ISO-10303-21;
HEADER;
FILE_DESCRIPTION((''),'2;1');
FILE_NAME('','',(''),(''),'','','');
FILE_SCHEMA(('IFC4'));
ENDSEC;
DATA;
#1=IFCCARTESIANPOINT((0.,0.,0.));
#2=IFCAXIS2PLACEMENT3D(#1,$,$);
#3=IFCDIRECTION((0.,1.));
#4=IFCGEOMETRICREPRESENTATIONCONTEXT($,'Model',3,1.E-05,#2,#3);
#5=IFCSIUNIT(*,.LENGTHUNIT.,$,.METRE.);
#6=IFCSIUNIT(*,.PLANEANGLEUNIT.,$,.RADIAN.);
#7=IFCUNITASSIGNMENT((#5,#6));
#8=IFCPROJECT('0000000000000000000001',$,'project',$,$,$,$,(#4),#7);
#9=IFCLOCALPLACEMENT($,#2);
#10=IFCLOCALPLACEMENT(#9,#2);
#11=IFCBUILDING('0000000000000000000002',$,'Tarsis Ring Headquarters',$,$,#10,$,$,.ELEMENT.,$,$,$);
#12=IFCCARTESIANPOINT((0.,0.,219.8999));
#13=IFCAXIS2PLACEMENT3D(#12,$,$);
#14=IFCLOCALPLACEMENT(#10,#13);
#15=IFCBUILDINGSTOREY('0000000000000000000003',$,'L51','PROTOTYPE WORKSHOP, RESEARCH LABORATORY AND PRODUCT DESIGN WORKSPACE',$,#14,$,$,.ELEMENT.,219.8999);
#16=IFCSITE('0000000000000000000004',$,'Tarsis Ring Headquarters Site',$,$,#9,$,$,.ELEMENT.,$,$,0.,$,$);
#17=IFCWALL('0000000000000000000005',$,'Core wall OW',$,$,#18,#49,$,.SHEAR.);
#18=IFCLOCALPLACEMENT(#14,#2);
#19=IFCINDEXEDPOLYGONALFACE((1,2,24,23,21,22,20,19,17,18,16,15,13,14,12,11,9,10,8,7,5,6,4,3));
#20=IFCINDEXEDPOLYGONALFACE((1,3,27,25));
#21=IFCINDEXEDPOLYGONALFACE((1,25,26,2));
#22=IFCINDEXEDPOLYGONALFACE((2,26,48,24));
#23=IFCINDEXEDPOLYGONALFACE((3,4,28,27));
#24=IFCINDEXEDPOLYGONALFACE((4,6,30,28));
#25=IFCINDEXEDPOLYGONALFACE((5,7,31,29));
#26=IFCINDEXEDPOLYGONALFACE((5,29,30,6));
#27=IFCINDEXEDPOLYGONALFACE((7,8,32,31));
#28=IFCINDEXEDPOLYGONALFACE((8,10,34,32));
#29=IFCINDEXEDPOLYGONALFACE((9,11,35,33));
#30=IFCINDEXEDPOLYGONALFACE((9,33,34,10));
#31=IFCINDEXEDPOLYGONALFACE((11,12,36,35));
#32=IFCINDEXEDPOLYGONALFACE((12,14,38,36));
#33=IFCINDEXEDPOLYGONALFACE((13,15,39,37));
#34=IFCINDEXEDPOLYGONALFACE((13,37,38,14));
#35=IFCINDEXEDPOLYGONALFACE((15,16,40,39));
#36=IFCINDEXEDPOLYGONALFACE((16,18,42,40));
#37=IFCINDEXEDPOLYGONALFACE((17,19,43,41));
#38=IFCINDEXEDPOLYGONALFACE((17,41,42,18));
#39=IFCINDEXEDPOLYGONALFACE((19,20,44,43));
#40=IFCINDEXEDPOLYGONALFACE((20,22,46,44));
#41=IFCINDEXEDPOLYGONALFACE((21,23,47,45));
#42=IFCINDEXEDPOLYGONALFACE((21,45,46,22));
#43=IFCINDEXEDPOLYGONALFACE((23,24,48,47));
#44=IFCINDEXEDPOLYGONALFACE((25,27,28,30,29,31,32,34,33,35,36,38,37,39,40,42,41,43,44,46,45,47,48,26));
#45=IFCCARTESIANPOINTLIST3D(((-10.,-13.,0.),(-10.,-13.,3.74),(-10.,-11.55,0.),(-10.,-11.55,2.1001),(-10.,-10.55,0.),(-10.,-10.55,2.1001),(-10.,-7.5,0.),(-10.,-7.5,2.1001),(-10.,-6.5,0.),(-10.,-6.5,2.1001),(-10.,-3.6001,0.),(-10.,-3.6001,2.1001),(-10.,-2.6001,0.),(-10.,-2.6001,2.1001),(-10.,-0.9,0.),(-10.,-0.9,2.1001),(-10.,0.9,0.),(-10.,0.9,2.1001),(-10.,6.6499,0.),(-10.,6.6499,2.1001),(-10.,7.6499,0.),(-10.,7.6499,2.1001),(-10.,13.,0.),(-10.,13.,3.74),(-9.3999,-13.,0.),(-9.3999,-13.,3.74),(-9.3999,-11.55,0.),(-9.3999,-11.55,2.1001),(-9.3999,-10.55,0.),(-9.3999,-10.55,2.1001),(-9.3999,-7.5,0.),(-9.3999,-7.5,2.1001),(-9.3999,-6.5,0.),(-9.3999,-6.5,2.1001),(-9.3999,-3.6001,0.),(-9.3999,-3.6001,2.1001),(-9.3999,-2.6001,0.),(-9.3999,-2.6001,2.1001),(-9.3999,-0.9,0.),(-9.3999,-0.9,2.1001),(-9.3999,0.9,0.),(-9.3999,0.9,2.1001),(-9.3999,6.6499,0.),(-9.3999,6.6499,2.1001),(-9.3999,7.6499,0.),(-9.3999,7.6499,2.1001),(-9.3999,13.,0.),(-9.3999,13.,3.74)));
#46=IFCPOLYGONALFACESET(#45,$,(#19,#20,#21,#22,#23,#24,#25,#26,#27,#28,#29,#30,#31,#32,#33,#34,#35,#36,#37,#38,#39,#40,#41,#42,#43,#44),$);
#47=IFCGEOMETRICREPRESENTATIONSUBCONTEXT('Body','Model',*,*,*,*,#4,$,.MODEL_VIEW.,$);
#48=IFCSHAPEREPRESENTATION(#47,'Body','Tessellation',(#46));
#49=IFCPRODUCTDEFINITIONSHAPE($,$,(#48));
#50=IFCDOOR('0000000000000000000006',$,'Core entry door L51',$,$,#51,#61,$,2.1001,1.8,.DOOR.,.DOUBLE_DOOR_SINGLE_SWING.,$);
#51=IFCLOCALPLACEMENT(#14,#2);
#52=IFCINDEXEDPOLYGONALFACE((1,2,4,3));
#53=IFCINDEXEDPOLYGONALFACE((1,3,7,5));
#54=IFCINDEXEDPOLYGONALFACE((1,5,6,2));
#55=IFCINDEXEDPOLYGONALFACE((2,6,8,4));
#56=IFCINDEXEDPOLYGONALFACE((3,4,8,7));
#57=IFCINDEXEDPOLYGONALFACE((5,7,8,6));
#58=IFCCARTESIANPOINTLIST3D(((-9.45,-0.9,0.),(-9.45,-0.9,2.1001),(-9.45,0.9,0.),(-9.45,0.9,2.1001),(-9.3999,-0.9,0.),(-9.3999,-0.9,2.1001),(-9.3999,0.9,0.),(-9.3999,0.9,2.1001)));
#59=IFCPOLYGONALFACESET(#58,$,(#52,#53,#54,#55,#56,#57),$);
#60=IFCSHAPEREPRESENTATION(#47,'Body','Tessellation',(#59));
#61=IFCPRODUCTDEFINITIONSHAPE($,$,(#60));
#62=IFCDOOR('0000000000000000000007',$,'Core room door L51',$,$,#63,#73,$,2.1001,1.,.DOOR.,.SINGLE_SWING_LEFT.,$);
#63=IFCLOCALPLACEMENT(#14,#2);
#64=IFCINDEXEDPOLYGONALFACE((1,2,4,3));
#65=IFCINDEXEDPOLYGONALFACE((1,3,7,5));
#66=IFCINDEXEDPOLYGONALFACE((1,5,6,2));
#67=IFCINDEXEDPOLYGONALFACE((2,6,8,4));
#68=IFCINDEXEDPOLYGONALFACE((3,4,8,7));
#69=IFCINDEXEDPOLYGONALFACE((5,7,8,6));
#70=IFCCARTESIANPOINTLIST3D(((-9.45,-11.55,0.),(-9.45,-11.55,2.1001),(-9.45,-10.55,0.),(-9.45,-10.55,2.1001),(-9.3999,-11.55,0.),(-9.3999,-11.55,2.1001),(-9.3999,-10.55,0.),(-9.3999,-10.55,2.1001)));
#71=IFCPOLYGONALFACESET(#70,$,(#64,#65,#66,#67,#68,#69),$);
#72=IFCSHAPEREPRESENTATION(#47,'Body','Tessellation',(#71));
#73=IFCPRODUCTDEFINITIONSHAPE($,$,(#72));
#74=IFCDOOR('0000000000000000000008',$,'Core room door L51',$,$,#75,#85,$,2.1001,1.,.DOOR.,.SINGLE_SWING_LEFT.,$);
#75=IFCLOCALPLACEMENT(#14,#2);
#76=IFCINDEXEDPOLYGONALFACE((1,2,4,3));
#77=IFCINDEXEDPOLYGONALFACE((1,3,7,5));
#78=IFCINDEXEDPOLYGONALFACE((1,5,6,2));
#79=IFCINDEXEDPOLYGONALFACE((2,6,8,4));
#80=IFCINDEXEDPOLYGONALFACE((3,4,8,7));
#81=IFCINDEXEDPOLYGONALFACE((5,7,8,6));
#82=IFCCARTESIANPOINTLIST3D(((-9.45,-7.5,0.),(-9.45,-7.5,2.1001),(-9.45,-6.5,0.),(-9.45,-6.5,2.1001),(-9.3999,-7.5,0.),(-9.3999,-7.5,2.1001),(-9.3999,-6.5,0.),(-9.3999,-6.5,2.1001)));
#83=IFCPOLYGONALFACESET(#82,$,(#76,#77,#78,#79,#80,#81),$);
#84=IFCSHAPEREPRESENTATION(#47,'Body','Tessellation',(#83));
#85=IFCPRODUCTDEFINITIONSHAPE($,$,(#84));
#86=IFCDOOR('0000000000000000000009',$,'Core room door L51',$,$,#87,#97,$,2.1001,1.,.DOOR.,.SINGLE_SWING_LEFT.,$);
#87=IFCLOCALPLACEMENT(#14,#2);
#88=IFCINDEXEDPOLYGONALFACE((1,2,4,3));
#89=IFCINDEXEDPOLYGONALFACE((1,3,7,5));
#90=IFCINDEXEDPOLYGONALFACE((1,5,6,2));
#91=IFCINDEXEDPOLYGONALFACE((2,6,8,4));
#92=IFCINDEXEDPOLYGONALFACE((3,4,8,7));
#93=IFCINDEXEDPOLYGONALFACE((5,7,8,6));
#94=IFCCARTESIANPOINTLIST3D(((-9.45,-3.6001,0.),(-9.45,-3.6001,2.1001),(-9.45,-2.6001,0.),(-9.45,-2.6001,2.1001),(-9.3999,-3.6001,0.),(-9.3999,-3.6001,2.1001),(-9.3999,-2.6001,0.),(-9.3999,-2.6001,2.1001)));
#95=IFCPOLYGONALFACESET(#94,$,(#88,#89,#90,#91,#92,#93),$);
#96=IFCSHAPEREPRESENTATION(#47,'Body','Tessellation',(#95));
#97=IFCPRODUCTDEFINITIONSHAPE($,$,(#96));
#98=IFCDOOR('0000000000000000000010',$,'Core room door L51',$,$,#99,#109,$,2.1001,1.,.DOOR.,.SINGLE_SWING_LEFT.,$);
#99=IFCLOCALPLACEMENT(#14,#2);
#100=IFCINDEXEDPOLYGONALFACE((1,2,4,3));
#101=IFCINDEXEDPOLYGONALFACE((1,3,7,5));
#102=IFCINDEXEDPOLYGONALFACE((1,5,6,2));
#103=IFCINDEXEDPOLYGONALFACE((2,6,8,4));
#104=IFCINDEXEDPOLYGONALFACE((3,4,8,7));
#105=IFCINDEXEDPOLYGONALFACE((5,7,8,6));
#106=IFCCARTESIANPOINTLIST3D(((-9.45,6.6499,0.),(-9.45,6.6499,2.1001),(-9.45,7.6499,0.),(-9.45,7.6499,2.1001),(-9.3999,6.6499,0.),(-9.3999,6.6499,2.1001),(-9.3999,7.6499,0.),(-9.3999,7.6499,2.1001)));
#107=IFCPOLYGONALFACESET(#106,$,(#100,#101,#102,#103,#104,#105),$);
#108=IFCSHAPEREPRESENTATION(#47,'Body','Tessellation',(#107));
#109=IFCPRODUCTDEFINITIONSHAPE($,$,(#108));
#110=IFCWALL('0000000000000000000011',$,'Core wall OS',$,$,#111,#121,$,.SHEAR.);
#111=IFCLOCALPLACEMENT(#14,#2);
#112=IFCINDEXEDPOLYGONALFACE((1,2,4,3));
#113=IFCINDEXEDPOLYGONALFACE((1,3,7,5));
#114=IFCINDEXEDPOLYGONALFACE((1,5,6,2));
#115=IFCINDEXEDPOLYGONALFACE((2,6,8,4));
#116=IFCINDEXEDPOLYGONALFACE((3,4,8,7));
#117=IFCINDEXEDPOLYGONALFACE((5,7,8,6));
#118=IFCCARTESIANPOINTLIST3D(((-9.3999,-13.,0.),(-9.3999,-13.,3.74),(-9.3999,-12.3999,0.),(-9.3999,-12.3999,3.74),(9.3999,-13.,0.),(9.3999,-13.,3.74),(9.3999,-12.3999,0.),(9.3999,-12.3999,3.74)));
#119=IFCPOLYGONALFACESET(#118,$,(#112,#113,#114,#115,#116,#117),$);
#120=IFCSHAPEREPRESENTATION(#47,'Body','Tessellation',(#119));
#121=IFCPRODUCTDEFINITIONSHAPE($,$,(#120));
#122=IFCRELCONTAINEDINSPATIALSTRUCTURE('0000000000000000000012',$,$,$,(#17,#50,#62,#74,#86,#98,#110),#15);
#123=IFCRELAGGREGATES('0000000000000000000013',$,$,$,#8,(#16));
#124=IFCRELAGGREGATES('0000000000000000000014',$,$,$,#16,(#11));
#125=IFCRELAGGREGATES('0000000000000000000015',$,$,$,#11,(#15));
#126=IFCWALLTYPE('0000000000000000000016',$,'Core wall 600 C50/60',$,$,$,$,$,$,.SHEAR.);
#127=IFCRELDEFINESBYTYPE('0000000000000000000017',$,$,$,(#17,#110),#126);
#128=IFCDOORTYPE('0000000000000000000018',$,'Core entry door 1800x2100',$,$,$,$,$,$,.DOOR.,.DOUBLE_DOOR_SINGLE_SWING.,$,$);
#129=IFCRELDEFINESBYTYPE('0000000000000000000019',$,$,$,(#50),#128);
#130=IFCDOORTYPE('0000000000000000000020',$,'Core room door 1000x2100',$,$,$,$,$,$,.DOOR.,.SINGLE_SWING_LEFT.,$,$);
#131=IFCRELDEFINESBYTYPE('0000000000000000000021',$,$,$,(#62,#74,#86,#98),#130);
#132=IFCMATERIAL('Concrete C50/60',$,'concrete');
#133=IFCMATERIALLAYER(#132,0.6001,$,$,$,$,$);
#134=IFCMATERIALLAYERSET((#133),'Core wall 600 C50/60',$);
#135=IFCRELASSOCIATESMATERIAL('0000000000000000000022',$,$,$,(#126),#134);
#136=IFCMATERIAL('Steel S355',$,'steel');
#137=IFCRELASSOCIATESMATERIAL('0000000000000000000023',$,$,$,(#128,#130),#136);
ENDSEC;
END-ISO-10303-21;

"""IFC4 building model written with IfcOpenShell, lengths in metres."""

from ifc_helpers import new_model, si_unit, direction, frame, frame_2d, origin, place, context, subcontext, project, spatial, rectangle, extrude, material, layer, layer_set, type_object, element, fill, save


model = new_model("IFC4")

# Units and contexts
model_context = context("Model", 3, precision=1e-05, world=origin(), true_north=direction((0.0, 1.0)))
body_context = subcontext(model_context, "Body", "Model", "MODEL_VIEW")
ifc_project = project(units=[si_unit("LENGTHUNIT", "METRE"), si_unit("PLANEANGLEUNIT", "RADIAN")], contexts=[model_context])

# Site, building, storey
site_placement = place(None, origin())
site = spatial("IfcSite", under=ifc_project, at=site_placement, Name="Tarsis Ring Headquarters Site", CompositionType="ELEMENT", RefElevation=0.0)
building_placement = place(site_placement, origin())
building = spatial("IfcBuilding", under=site, at=building_placement, Name="Tarsis Ring Headquarters", CompositionType="ELEMENT")
storey_placement = place(building_placement, frame((0.0, 0.0, 219.8999)))
storey = spatial("IfcBuildingStorey", under=building, at=storey_placement, Name="L51", Description="PROTOTYPE WORKSHOP, RESEARCH LABORATORY AND PRODUCT DESIGN WORKSPACE", CompositionType="ELEMENT", Elevation=219.8999)

# Wall, openings, doors
ifc_material_1 = material(Name="Concrete C50/60", Category="concrete")
ifc_layer_1 = layer(ifc_material_1, 0.6001)
ifc_layer_set_1 = layer_set([ifc_layer_1], Name="Core wall 600 C50/60")
wall_type_1 = type_object("IfcWallType", Name="Core wall 600 C50/60", PredefinedType="SHEAR", material=ifc_layer_set_1)
wall_1_placement = place(storey_placement, frame((-9.7, -13.0, 0.0), z_axis=(0.0, 0.0, 1.0), x_axis=(0.0, 1.0, 0.0)))
wall_1 = element("IfcWall", 1, at=wall_1_placement, inside=storey, type_object=wall_type_1, Name="Core wall OW", PredefinedType="SHEAR", context=body_context, shape_type="SweptSolid", body=[
    extrude(rectangle(XDim=26.0, YDim=0.6001, at=frame_2d((13.0, 0.0))), origin(), (0.0, 0.0, 1.0), 3.74),
])
opening_1_placement = place(wall_1_placement, frame((1.45, 0.0, 0.0)))
opening_1 = element("IfcOpeningElement", 2, at=opening_1_placement, cuts=wall_1, PredefinedType="OPENING", context=body_context, shape_type="SweptSolid", body=[
    extrude(rectangle(XDim=1.0, YDim=2.1001, at=frame_2d((0.5, 1.05))), frame((0.0, 0.3101, 0.0), z_axis=(0.0, -1.0, 0.0), x_axis=(1.0, 0.0, 0.0)), (0.0, 0.0, 1.0), 0.6201),
])
opening_2_placement = place(wall_1_placement, frame((5.5, 0.0, 0.0)))
opening_2 = element("IfcOpeningElement", 3, at=opening_2_placement, cuts=wall_1, PredefinedType="OPENING", context=body_context, shape_type="SweptSolid", body=[
    extrude(rectangle(XDim=1.0, YDim=2.1001, at=frame_2d((0.5, 1.05))), frame((0.0, 0.3101, 0.0), z_axis=(0.0, -1.0, 0.0), x_axis=(1.0, 0.0, 0.0)), (0.0, 0.0, 1.0), 0.6201),
])
opening_3_placement = place(wall_1_placement, frame((9.3999, 0.0, 0.0)))
opening_3 = element("IfcOpeningElement", 4, at=opening_3_placement, cuts=wall_1, PredefinedType="OPENING", context=body_context, shape_type="SweptSolid", body=[
    extrude(rectangle(XDim=1.0, YDim=2.1001, at=frame_2d((0.5, 1.05))), frame((0.0, 0.3101, 0.0), z_axis=(0.0, -1.0, 0.0), x_axis=(1.0, 0.0, 0.0)), (0.0, 0.0, 1.0), 0.6201),
])
opening_4_placement = place(wall_1_placement, frame((12.1001, 0.0, 0.0)))
opening_4 = element("IfcOpeningElement", 5, at=opening_4_placement, cuts=wall_1, PredefinedType="OPENING", context=body_context, shape_type="SweptSolid", body=[
    extrude(rectangle(XDim=1.8, YDim=2.1001, at=frame_2d((0.8999, 1.05))), frame((0.0, 0.3101, 0.0), z_axis=(0.0, -1.0, 0.0), x_axis=(1.0, 0.0, 0.0)), (0.0, 0.0, 1.0), 0.6201),
])
opening_5_placement = place(wall_1_placement, frame((19.6499, 0.0, 0.0)))
opening_5 = element("IfcOpeningElement", 6, at=opening_5_placement, cuts=wall_1, PredefinedType="OPENING", context=body_context, shape_type="SweptSolid", body=[
    extrude(rectangle(XDim=1.0, YDim=2.1001, at=frame_2d((0.5, 1.05))), frame((0.0, 0.3101, 0.0), z_axis=(0.0, -1.0, 0.0), x_axis=(1.0, 0.0, 0.0)), (0.0, 0.0, 1.0), 0.6201),
])
ifc_material_2 = material(Name="Steel S355", Category="steel")
door_type_1 = type_object("IfcDoorType", Name="Core entry door 1800x2100", OperationType="DOUBLE_DOOR_SINGLE_SWING", PredefinedType="DOOR", material=ifc_material_2)
door_1_placement = place(opening_4_placement, origin())
door_1 = element("IfcDoor", 7, at=door_1_placement, inside=storey, type_object=door_type_1, Name="Core entry door L51", OperationType="DOUBLE_DOOR_SINGLE_SWING", OverallHeight=2.1001, OverallWidth=1.8, PredefinedType="DOOR", context=body_context, shape_type="SweptSolid", body=[
    extrude(rectangle(XDim=1.8, YDim=2.1001, at=frame_2d((0.8999, 1.05))), frame((0.0, -0.25, 0.0), z_axis=(0.0, -1.0, 0.0), x_axis=(1.0, 0.0, 0.0)), (0.0, 0.0, 1.0), 0.05),
])
fill(opening_4, door_1)
door_type_2 = type_object("IfcDoorType", Name="Core room door 1000x2100", OperationType="SINGLE_SWING_LEFT", PredefinedType="DOOR", material=ifc_material_2)
door_2_placement = place(opening_1_placement, origin())
door_2 = element("IfcDoor", 8, at=door_2_placement, inside=storey, type_object=door_type_2, Name="Core room door L51", OperationType="SINGLE_SWING_LEFT", OverallHeight=2.1001, OverallWidth=1.0, PredefinedType="DOOR", context=body_context, shape_type="SweptSolid", body=[
    extrude(rectangle(XDim=1.0, YDim=2.1001, at=frame_2d((0.5, 1.05))), frame((0.0, -0.25, 0.0), z_axis=(0.0, -1.0, 0.0), x_axis=(1.0, 0.0, 0.0)), (0.0, 0.0, 1.0), 0.05),
])
fill(opening_1, door_2)
door_3_placement = place(opening_2_placement, origin())
door_3 = element("IfcDoor", 9, at=door_3_placement, inside=storey, type_object=door_type_2, Name="Core room door L51", OperationType="SINGLE_SWING_LEFT", OverallHeight=2.1001, OverallWidth=1.0, PredefinedType="DOOR", context=body_context, shape_type="SweptSolid", body=[
    extrude(rectangle(XDim=1.0, YDim=2.1001, at=frame_2d((0.5, 1.05))), frame((0.0, -0.25, 0.0), z_axis=(0.0, -1.0, 0.0), x_axis=(1.0, 0.0, 0.0)), (0.0, 0.0, 1.0), 0.05),
])
fill(opening_2, door_3)
door_4_placement = place(opening_3_placement, origin())
door_4 = element("IfcDoor", 10, at=door_4_placement, inside=storey, type_object=door_type_2, Name="Core room door L51", OperationType="SINGLE_SWING_LEFT", OverallHeight=2.1001, OverallWidth=1.0, PredefinedType="DOOR", context=body_context, shape_type="SweptSolid", body=[
    extrude(rectangle(XDim=1.0, YDim=2.1001, at=frame_2d((0.5, 1.05))), frame((0.0, -0.25, 0.0), z_axis=(0.0, -1.0, 0.0), x_axis=(1.0, 0.0, 0.0)), (0.0, 0.0, 1.0), 0.05),
])
fill(opening_3, door_4)
door_5_placement = place(opening_5_placement, origin())
door_5 = element("IfcDoor", 11, at=door_5_placement, inside=storey, type_object=door_type_2, Name="Core room door L51", OperationType="SINGLE_SWING_LEFT", OverallHeight=2.1001, OverallWidth=1.0, PredefinedType="DOOR", context=body_context, shape_type="SweptSolid", body=[
    extrude(rectangle(XDim=1.0, YDim=2.1001, at=frame_2d((0.5, 1.05))), frame((0.0, -0.25, 0.0), z_axis=(0.0, -1.0, 0.0), x_axis=(1.0, 0.0, 0.0)), (0.0, 0.0, 1.0), 0.05),
])
fill(opening_5, door_5)

# Wall
wall_2_placement = place(storey_placement, frame((-9.3999, -12.7, 0.0), z_axis=(0.0, 0.0, 1.0), x_axis=(1.0, 0.0, 0.0)))
element("IfcWall", 12, at=wall_2_placement, inside=storey, type_object=wall_type_1, Name="Core wall OS", PredefinedType="SHEAR", context=body_context, shape_type="SweptSolid", body=[
    extrude(rectangle(XDim=18.7998, YDim=0.6001, at=frame_2d((9.3999, 0.0))), origin(), (0.0, 0.0, 1.0), 3.74),
])

save(model, "model.ifc")
